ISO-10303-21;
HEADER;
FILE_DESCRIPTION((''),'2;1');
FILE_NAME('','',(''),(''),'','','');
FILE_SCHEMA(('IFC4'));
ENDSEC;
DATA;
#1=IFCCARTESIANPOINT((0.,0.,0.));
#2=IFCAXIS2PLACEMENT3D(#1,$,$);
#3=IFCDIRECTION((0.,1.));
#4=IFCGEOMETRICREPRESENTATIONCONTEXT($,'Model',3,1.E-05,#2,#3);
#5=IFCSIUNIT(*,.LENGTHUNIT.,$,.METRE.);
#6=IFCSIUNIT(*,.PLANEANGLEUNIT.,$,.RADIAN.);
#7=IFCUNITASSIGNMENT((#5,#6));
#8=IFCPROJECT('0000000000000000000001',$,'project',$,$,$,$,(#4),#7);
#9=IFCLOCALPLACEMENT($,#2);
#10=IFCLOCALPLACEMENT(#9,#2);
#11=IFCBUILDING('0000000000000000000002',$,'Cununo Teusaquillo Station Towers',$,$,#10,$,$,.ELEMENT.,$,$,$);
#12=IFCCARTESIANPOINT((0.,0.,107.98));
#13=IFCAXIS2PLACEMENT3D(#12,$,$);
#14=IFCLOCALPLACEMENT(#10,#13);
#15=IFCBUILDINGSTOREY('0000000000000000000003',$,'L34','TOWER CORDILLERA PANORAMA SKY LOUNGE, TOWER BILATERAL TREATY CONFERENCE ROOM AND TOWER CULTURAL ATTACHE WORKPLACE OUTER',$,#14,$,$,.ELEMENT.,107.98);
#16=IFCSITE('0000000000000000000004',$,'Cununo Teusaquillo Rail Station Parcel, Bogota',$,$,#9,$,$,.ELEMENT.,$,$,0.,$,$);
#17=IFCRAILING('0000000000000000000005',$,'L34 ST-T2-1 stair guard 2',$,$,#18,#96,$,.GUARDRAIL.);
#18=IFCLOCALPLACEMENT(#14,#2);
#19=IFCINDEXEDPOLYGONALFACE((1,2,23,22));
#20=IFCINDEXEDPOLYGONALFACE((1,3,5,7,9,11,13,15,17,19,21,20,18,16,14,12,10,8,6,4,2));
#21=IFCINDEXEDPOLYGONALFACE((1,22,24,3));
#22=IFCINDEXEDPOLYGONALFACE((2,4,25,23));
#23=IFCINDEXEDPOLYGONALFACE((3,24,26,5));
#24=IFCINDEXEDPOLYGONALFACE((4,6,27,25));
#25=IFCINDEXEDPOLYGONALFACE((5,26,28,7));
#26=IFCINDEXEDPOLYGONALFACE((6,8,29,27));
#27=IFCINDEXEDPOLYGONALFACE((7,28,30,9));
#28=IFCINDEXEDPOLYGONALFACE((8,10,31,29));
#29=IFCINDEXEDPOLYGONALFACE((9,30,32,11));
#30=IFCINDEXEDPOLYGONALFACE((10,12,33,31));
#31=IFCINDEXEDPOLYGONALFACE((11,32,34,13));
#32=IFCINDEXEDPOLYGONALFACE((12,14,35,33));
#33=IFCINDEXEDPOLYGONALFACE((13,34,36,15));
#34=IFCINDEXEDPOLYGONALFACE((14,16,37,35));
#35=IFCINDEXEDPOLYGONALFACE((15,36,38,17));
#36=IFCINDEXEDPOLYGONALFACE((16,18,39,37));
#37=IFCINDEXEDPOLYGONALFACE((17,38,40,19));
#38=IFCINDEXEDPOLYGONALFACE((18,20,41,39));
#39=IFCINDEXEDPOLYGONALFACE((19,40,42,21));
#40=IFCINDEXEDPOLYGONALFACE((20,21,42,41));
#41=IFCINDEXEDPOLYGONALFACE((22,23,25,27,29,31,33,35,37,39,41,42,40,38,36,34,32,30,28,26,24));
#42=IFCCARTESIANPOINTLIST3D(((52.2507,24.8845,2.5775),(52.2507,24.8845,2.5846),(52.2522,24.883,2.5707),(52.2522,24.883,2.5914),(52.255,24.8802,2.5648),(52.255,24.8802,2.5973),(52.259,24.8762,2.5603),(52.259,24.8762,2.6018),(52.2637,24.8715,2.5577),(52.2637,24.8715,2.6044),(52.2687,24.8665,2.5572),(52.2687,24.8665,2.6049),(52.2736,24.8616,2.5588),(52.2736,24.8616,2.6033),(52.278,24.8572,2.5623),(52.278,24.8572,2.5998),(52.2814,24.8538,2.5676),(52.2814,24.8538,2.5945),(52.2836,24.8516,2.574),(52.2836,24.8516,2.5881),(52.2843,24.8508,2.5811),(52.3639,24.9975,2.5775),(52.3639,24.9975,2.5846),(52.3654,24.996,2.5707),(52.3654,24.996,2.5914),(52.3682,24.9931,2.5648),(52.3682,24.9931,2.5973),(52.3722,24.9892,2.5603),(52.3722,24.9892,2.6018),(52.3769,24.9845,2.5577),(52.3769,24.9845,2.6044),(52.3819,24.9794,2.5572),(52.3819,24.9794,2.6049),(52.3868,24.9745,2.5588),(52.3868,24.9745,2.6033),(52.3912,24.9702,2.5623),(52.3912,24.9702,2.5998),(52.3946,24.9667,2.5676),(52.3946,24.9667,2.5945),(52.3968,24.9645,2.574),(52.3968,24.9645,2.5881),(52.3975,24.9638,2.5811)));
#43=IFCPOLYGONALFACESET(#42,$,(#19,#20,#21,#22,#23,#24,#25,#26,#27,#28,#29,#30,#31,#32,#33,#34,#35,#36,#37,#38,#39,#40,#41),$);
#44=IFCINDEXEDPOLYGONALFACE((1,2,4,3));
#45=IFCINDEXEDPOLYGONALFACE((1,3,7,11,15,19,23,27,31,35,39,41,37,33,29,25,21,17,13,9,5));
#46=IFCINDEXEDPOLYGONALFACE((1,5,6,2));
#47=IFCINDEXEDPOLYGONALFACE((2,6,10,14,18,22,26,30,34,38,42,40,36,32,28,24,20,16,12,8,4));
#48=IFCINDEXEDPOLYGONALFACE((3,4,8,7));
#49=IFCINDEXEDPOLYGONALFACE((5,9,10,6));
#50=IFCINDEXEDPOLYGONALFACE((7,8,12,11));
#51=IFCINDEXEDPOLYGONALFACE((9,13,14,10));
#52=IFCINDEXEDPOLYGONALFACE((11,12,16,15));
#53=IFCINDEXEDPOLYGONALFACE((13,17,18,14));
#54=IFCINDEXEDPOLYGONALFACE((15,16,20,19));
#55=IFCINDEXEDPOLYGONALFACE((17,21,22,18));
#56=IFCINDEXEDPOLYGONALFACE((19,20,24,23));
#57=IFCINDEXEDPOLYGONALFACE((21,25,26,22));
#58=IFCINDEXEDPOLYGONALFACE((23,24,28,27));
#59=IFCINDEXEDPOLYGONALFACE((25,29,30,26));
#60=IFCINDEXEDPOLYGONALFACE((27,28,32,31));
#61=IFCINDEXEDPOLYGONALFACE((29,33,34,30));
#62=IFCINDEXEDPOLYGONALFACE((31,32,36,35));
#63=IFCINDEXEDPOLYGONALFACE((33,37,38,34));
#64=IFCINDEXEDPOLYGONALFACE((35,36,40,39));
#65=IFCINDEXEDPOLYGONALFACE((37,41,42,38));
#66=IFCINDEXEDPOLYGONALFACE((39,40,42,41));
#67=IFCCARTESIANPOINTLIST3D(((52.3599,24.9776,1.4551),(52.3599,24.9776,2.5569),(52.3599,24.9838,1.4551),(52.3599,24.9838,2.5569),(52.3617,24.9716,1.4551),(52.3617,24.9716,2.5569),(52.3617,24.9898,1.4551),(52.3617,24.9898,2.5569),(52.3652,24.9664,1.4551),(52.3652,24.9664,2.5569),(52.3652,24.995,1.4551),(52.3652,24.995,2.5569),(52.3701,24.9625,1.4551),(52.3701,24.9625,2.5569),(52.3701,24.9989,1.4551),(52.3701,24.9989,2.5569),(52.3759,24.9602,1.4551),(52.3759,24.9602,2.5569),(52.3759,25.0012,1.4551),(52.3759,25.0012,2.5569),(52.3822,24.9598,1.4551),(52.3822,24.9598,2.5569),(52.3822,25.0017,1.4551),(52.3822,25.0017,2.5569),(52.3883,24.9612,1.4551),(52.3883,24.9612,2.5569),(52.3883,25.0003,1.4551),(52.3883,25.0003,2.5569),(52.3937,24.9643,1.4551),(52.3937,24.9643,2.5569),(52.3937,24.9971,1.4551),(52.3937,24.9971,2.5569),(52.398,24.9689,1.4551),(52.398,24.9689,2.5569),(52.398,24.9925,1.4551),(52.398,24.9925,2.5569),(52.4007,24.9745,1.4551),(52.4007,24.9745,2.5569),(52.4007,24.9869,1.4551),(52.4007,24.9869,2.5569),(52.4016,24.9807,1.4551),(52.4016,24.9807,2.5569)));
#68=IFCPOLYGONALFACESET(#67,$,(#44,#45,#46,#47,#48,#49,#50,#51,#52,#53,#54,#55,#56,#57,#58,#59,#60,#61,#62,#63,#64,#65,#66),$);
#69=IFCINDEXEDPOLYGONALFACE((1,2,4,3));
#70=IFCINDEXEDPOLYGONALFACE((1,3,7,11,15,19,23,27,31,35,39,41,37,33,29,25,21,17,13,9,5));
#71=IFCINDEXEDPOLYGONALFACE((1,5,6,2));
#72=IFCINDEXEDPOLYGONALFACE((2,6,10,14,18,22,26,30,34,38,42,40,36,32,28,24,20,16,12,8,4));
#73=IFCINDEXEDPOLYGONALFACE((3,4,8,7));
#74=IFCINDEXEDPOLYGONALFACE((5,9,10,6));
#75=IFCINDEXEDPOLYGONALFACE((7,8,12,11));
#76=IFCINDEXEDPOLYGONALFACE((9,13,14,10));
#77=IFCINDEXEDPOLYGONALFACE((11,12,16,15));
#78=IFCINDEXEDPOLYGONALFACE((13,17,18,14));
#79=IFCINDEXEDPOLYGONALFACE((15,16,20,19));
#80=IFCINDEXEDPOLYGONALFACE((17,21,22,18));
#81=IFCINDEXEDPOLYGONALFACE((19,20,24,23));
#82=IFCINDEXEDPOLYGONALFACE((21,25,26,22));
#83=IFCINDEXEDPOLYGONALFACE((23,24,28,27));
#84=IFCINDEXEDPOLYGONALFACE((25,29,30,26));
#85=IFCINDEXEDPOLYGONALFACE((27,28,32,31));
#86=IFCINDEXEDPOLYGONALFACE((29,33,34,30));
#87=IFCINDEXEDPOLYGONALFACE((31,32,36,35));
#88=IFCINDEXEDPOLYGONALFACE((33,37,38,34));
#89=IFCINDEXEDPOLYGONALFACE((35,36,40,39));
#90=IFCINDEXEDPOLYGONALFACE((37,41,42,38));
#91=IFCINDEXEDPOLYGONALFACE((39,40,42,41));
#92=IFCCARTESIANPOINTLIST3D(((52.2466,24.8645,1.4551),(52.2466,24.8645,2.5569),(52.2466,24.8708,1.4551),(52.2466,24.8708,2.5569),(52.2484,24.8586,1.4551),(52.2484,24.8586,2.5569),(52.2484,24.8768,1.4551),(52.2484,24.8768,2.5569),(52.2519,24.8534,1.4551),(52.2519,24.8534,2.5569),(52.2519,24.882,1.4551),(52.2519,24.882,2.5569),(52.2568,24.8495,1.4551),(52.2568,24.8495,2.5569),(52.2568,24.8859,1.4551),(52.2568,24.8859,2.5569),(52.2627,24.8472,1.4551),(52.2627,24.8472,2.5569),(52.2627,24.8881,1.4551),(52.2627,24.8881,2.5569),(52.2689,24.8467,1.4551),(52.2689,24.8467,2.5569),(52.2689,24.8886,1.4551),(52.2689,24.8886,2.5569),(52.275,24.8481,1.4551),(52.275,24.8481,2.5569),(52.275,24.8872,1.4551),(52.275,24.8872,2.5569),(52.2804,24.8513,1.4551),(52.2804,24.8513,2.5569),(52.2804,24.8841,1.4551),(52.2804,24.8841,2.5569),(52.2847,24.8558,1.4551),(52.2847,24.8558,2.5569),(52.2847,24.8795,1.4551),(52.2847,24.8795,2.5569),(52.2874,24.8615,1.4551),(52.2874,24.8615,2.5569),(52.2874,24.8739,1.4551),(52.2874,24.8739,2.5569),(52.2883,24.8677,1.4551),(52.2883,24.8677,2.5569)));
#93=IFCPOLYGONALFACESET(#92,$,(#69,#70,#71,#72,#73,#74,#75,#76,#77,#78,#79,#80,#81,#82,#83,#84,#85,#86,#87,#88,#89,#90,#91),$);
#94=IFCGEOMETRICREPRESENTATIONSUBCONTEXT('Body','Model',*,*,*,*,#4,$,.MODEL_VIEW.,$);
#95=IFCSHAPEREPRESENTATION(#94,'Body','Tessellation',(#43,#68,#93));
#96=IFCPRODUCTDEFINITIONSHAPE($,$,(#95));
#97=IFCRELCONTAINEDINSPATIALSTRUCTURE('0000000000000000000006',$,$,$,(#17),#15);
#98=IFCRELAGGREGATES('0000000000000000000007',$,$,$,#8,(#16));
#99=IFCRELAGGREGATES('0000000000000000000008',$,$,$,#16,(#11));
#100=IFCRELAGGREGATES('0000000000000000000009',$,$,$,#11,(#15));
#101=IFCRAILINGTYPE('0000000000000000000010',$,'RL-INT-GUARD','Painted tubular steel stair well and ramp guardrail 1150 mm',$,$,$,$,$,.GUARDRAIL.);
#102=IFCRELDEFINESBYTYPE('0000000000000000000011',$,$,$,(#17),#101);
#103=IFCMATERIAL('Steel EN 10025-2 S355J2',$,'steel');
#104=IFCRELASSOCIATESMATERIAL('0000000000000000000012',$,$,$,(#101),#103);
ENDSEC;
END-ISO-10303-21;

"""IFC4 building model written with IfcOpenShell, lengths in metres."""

from ifc_helpers import new_model, si_unit, direction, frame, origin, origin_2d, place, context, subcontext, project, spatial, circle, extrude, material, type_object, element, save


model = new_model("IFC4")

# Units and contexts
model_context = context("Model", 3, precision=1e-05, world=origin(), true_north=direction((0.0, 1.0)))
body_context = subcontext(model_context, "Body", "Model", "MODEL_VIEW")
ifc_project = project(units=[si_unit("LENGTHUNIT", "METRE"), si_unit("PLANEANGLEUNIT", "RADIAN")], contexts=[model_context])

# Site, building, storey
site_placement = place(None, origin())
site = spatial("IfcSite", under=ifc_project, at=site_placement, Name="Cununo Teusaquillo Rail Station Parcel, Bogota", CompositionType="ELEMENT", RefElevation=0.0)
building_placement = place(site_placement, origin())
building = spatial("IfcBuilding", under=site, at=building_placement, Name="Cununo Teusaquillo Station Towers", CompositionType="ELEMENT")
storey_placement = place(building_placement, frame((0.0, 0.0, 107.98)))
storey = spatial("IfcBuildingStorey", under=building, at=storey_placement, Name="L34", Description="TOWER CORDILLERA PANORAMA SKY LOUNGE, TOWER BILATERAL TREATY CONFERENCE ROOM AND TOWER CULTURAL ATTACHE WORKPLACE OUTER", CompositionType="ELEMENT", Elevation=107.98)

# Railing
ifc_material_1 = material(Name="Steel EN 10025-2 S355J2", Category="steel")
railing_type_1 = type_object("IfcRailingType", Name="RL-INT-GUARD", Description="Painted tubular steel stair well and ramp guardrail 1150 mm", PredefinedType="GUARDRAIL", material=ifc_material_1)
railing_1_placement = place(storey_placement, frame((52.3806, 24.9807, 1.4551)))
element("IfcRailing", 1, at=railing_1_placement, inside=storey, type_object=railing_type_1, Name="L34 ST-T2-1 stair guard 2", PredefinedType="GUARDRAIL", context=body_context, shape_type="SweptSolid", body=[
    extrude(circle(Radius=0.0239, at=origin_2d()), frame((0.0, 0.0, 1.126), z_axis=(-0.707869, -0.706344, 0.0), x_axis=(0.706344, -0.707869, 0.0)), (0.0, 0.0, 1.0), 0.1599),
    extrude(circle(Radius=0.021, at=origin_2d()), origin(), (0.0, 0.0, 1.0), 1.1018),
    extrude(circle(Radius=0.021, at=origin_2d()), frame((-0.1133, -0.113, 0.0)), (0.0, 0.0, 1.0), 1.1018),
])

save(model, "model.ifc")
